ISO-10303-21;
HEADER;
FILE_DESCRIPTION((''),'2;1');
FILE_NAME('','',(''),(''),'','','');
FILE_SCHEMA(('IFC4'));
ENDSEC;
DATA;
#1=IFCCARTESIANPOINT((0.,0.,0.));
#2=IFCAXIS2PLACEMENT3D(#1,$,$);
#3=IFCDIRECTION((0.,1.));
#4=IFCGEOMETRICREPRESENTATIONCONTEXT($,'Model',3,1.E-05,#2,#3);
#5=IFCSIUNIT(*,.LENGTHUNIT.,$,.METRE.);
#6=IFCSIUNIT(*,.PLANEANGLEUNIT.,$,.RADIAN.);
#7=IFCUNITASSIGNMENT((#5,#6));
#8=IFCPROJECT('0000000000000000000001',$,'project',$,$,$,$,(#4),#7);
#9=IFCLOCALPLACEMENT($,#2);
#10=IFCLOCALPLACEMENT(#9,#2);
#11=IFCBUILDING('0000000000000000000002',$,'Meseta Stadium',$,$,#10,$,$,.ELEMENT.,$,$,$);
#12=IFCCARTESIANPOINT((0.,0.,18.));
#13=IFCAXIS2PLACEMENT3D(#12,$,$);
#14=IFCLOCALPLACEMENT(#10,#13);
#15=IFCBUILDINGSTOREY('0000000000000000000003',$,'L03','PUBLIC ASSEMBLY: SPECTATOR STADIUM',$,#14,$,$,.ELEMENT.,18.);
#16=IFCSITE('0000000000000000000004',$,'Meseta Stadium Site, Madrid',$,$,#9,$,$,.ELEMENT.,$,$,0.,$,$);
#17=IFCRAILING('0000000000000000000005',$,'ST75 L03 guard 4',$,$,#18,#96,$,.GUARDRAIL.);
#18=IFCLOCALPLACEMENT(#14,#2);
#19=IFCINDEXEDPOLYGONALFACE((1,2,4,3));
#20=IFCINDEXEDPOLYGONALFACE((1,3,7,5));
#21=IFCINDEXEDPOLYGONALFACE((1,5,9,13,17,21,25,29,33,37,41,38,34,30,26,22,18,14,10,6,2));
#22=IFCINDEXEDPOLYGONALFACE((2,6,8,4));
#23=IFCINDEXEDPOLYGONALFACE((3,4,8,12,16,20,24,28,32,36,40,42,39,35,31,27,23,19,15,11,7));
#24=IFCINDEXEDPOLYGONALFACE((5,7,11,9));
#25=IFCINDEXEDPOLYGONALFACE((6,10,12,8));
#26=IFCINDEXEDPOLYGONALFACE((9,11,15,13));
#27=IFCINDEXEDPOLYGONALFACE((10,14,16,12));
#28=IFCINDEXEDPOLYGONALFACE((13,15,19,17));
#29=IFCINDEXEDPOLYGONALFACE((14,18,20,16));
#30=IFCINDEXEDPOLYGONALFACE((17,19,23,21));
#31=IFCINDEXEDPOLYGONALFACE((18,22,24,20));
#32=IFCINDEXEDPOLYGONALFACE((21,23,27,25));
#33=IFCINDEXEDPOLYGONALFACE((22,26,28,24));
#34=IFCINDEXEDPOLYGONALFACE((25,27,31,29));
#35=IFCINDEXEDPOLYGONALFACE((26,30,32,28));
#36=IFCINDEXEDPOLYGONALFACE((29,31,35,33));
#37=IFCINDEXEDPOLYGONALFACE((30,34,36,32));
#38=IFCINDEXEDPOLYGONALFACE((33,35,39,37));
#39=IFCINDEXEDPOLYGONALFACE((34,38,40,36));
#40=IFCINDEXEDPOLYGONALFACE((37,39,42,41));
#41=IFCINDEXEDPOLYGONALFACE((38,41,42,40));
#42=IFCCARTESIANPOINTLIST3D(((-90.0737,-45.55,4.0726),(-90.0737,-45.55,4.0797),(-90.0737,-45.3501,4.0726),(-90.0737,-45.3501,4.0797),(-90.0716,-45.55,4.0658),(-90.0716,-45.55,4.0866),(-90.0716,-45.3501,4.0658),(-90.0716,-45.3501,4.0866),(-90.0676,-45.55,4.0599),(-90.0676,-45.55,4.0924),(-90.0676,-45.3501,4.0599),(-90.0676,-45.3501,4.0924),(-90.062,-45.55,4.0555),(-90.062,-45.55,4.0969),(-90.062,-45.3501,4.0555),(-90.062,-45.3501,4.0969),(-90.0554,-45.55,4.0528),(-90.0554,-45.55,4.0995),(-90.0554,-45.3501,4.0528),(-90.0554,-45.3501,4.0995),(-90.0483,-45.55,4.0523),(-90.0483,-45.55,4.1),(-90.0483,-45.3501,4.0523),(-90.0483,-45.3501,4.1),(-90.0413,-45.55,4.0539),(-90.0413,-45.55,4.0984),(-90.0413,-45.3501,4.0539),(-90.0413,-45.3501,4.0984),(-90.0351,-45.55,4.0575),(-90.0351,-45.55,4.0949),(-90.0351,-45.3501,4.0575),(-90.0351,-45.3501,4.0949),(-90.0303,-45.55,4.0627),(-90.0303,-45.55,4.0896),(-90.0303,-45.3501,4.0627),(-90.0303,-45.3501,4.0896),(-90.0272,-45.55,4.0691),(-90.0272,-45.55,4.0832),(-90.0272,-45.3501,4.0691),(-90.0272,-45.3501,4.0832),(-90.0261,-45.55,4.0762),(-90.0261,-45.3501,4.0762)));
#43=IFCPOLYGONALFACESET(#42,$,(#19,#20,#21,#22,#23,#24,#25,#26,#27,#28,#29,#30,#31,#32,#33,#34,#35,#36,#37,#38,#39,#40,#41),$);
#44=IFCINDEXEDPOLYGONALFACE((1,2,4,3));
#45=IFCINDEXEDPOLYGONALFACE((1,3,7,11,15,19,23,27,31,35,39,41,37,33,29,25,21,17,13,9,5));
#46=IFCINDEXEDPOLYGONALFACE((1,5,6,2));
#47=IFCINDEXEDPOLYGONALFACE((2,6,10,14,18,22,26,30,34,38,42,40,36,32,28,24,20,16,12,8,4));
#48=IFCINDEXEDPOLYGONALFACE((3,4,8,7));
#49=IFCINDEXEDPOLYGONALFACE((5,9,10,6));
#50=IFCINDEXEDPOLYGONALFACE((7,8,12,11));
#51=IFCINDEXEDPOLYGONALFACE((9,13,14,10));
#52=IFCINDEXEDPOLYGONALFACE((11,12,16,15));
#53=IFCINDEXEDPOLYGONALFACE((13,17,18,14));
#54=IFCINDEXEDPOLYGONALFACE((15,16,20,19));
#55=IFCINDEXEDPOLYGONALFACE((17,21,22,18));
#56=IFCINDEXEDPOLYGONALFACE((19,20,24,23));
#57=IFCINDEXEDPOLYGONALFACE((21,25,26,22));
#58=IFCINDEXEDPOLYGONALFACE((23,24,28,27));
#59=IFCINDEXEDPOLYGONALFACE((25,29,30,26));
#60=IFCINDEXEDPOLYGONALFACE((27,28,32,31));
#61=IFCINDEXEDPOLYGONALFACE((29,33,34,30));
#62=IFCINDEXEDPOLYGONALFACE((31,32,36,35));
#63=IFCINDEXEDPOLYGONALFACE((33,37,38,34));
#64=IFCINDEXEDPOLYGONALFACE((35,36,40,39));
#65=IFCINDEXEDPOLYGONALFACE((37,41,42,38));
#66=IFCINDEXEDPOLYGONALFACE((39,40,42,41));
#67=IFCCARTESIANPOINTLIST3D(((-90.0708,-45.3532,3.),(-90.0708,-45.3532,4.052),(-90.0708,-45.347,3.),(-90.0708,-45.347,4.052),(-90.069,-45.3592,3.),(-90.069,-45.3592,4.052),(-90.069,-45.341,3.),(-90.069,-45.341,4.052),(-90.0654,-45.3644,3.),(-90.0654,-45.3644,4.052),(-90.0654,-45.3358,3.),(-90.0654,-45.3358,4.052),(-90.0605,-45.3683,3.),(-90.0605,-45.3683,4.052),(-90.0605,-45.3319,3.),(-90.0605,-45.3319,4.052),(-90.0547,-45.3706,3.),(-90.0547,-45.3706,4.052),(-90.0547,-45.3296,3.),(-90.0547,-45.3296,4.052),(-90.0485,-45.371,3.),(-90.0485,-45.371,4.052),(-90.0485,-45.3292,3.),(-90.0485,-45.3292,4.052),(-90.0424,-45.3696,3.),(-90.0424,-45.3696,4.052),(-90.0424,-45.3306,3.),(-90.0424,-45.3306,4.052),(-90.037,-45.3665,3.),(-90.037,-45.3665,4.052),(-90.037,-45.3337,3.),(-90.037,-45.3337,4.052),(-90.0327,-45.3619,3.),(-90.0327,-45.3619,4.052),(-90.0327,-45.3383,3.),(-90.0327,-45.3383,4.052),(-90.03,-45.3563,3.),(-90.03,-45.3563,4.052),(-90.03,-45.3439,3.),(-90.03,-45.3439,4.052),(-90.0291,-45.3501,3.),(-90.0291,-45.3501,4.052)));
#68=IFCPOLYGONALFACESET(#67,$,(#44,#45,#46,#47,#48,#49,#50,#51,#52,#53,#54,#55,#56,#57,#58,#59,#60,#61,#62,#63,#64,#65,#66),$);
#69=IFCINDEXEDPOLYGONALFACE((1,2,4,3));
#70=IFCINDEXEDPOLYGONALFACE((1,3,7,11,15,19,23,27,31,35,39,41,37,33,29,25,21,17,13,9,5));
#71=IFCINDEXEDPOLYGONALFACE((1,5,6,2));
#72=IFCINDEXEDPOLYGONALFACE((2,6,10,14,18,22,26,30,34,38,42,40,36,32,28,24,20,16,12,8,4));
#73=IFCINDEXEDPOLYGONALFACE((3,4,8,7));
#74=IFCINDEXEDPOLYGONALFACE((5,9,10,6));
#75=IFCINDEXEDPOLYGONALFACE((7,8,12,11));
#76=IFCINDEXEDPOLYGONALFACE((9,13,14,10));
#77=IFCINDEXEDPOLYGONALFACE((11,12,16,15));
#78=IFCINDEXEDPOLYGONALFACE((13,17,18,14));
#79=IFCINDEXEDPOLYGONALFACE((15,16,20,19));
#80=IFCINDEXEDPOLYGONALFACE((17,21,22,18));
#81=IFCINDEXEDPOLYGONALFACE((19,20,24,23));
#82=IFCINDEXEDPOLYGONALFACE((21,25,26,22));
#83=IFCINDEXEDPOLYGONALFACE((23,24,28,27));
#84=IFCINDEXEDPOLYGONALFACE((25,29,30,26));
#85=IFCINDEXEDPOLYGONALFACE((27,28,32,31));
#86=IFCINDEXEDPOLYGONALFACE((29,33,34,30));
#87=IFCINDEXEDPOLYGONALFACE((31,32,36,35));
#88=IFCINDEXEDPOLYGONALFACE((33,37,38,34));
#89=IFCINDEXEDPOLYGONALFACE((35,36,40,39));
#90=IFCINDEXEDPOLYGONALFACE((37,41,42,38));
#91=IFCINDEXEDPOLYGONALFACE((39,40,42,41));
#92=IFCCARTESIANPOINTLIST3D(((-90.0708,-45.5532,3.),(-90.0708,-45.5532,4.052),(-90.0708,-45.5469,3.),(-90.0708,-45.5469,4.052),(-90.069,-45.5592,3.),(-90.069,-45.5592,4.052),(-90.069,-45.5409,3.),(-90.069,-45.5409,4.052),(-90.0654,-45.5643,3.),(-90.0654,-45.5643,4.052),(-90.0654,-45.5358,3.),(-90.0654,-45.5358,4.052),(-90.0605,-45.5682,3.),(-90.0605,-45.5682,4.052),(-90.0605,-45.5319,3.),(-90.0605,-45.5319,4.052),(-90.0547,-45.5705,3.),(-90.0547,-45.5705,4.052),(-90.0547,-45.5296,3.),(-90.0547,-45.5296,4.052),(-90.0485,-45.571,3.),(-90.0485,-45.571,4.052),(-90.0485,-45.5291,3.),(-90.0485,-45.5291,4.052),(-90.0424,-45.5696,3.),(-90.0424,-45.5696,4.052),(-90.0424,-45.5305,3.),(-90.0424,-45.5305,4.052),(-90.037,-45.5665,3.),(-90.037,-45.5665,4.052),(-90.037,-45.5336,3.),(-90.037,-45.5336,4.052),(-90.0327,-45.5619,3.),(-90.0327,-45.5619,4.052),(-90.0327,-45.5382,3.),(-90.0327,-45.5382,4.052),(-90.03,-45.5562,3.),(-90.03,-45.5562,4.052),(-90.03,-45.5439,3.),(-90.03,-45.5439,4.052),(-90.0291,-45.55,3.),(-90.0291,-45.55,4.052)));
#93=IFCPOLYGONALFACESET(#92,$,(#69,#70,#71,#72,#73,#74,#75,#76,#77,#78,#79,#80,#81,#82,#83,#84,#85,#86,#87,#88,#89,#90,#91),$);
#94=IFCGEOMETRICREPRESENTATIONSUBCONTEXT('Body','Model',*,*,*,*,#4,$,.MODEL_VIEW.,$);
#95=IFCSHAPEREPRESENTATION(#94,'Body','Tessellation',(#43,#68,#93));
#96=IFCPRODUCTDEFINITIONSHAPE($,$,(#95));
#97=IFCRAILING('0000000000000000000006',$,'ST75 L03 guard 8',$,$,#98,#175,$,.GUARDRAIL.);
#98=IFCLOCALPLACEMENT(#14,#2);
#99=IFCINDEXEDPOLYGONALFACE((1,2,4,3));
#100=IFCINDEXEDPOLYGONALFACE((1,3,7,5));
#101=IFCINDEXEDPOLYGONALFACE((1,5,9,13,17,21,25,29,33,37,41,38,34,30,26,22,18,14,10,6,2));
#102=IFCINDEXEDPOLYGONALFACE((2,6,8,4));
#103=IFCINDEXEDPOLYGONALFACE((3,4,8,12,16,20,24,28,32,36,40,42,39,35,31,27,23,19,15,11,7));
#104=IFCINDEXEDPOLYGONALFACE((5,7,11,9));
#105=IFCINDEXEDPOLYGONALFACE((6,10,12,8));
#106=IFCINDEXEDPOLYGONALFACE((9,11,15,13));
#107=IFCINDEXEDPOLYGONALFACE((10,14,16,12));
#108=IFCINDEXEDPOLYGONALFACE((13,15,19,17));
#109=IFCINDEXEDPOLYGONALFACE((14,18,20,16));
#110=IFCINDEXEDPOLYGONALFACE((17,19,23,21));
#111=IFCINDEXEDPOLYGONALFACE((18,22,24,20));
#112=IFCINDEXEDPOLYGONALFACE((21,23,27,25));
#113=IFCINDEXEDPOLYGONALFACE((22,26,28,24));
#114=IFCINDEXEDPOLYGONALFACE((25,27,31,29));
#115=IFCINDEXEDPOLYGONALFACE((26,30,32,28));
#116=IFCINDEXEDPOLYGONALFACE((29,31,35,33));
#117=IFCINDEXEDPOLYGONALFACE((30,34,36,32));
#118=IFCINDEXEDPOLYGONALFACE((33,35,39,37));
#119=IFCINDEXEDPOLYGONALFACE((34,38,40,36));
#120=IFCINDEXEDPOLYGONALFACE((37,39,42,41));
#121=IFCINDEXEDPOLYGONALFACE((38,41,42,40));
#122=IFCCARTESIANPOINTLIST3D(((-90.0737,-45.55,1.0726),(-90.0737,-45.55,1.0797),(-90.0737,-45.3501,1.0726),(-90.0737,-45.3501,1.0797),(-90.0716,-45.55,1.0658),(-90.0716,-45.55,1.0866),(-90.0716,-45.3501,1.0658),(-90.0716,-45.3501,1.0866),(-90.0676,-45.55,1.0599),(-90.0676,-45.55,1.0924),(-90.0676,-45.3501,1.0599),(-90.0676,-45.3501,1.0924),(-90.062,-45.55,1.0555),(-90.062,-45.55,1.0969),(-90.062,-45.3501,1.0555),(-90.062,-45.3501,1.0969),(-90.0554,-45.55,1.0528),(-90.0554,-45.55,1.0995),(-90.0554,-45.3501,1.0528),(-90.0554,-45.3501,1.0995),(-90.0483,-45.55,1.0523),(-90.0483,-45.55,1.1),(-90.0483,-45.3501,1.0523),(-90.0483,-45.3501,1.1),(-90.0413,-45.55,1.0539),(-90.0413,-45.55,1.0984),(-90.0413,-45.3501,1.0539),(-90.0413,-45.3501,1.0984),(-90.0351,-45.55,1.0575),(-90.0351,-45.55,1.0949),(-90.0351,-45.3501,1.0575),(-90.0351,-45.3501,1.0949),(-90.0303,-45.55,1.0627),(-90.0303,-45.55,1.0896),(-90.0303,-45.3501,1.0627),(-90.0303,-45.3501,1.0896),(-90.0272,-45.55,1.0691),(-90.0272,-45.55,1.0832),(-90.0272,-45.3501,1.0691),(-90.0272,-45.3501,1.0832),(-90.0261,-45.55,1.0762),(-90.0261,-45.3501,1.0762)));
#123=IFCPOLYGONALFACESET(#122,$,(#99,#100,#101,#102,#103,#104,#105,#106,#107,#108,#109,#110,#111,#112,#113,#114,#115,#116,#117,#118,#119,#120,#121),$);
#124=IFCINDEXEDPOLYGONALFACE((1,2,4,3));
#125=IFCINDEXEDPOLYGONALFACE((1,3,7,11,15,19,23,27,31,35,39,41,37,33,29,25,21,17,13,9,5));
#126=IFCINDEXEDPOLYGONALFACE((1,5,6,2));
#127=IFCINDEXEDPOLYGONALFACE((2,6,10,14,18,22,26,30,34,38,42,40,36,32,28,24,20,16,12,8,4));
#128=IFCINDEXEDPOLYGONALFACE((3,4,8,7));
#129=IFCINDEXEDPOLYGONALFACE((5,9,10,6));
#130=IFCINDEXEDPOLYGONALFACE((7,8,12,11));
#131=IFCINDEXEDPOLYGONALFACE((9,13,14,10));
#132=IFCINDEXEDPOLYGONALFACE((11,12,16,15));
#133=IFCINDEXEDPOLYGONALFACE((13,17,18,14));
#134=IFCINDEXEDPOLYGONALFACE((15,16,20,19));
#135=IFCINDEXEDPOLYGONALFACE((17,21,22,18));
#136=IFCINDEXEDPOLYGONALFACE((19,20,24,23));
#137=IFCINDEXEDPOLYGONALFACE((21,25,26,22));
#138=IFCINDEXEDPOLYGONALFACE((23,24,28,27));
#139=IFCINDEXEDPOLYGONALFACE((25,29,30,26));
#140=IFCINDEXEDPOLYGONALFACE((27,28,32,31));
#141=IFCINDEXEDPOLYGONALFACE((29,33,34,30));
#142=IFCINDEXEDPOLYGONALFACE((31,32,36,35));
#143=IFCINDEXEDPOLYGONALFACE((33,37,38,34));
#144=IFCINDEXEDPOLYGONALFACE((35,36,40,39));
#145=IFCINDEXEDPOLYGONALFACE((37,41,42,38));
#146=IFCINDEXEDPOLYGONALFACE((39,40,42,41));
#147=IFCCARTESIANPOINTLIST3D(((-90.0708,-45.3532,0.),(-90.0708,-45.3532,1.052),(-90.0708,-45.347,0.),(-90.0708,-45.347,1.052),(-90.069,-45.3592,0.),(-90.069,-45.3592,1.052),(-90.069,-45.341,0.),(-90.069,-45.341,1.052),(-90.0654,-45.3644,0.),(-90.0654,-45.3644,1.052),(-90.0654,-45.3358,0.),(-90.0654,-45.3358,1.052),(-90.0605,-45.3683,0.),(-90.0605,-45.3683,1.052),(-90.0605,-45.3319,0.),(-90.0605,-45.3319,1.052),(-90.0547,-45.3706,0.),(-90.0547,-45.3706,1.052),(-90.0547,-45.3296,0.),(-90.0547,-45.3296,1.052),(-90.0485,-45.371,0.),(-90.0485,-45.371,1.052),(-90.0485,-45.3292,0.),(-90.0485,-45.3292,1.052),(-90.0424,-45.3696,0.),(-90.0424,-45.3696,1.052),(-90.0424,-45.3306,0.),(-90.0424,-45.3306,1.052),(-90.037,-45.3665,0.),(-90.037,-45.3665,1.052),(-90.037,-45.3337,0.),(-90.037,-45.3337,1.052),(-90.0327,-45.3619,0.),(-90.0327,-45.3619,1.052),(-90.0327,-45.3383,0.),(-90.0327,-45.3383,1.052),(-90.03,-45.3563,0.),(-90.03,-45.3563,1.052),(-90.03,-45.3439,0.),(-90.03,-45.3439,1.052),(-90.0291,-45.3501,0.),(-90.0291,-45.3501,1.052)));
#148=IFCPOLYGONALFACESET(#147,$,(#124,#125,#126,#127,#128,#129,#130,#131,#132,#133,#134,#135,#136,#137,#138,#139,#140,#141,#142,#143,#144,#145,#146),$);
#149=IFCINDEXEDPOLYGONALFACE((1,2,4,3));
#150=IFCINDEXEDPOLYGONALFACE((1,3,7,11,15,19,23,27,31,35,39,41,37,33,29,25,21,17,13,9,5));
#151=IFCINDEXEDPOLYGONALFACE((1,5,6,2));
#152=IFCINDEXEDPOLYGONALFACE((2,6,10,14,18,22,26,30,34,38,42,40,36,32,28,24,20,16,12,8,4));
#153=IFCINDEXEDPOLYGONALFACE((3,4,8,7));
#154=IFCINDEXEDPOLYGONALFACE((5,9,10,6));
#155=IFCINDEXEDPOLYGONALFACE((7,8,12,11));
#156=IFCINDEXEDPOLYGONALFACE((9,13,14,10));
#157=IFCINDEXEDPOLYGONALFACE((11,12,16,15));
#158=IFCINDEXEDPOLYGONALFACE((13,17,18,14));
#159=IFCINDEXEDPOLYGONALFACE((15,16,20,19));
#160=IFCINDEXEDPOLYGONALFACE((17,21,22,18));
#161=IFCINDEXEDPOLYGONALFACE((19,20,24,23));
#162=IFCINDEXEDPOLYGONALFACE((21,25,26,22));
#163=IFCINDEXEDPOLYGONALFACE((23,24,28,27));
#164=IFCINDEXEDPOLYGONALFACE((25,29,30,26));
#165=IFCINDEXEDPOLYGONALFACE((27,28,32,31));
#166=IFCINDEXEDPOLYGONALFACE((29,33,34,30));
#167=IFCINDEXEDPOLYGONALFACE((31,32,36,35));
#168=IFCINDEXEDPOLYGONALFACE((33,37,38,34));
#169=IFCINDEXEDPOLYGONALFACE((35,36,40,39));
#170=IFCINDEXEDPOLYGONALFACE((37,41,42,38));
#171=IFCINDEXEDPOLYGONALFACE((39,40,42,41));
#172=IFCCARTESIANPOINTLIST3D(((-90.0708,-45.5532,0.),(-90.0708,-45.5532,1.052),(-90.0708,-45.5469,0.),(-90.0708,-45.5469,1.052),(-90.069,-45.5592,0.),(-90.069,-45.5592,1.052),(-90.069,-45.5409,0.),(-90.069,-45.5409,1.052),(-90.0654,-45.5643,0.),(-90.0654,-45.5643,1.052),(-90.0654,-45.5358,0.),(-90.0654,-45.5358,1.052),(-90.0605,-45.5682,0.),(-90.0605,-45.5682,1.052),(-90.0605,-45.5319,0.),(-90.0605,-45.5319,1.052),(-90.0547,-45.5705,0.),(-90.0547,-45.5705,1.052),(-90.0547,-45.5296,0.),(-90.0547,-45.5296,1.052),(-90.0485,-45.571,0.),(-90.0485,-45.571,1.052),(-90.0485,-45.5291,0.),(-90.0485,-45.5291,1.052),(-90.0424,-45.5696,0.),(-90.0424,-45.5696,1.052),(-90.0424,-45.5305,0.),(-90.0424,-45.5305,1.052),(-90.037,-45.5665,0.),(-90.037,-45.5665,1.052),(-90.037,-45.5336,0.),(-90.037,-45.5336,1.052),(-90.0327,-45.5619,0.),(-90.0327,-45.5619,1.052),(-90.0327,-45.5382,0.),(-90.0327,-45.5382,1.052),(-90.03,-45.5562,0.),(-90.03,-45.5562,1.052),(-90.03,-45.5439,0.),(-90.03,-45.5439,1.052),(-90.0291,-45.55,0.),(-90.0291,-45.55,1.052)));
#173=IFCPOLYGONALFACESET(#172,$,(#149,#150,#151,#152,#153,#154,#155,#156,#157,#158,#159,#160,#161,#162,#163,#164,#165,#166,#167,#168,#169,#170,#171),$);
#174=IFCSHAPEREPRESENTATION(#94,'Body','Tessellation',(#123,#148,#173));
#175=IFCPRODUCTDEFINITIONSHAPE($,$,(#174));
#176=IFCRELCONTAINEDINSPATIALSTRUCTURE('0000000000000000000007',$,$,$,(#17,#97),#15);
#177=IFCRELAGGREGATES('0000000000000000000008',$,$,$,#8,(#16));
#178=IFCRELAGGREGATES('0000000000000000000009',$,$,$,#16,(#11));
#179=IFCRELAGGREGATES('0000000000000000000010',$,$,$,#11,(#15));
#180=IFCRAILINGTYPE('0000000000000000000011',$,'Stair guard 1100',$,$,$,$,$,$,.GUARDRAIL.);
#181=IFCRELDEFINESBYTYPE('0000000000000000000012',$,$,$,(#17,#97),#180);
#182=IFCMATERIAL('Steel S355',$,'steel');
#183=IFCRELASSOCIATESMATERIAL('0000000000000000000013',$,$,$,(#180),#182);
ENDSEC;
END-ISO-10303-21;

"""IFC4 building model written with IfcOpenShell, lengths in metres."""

from ifc_helpers import new_model, si_unit, direction, frame, origin, origin_2d, place, context, subcontext, project, spatial, circle, extrude, material, type_object, element, save


model = new_model("IFC4")

# Units and contexts
model_context = context("Model", 3, precision=1e-05, world=origin(), true_north=direction((0.0, 1.0)))
body_context = subcontext(model_context, "Body", "Model", "MODEL_VIEW")
ifc_project = project(units=[si_unit("LENGTHUNIT", "METRE"), si_unit("PLANEANGLEUNIT", "RADIAN")], contexts=[model_context])

# Site, building, storey
site_placement = place(None, origin())
site = spatial("IfcSite", under=ifc_project, at=site_placement, Name="Meseta Stadium Site, Madrid", CompositionType="ELEMENT", RefElevation=0.0)
building_placement = place(site_placement, origin())
building = spatial("IfcBuilding", under=site, at=building_placement, Name="Meseta Stadium", CompositionType="ELEMENT")
storey_placement = place(building_placement, frame((0.0, 0.0, 18.0)))
storey = spatial("IfcBuildingStorey", under=building, at=storey_placement, Name="L03", Description="PUBLIC ASSEMBLY: SPECTATOR STADIUM", CompositionType="ELEMENT", Elevation=18.0)

# Railings
ifc_material_1 = material(Name="Steel S355", Category="steel")
railing_type_1 = type_object("IfcRailingType", Name="Stair guard 1100", PredefinedType="GUARDRAIL", material=ifc_material_1)
for number, where, name in (
    (1, (-90.05, -45.3501, 3.0), "ST75 L03 guard 4"),
    (2, (-90.05, -45.3501, 0.0), "ST75 L03 guard 8"),
):
    element("IfcRailing", number, at=place(storey_placement, frame(where)), inside=storey, type_object=railing_type_1, Name=name, PredefinedType="GUARDRAIL", context=body_context, shape_type="SweptSolid", body=[
        extrude(circle(Radius=0.0239, at=origin_2d()), frame((0.0, 0.0, 1.0762), z_axis=(0.0, -1.0, 0.0), x_axis=(1.0, 0.0, 0.0)), (0.0, 0.0, 1.0), 0.2),
        extrude(circle(Radius=0.021, at=origin_2d()), origin(), (0.0, 0.0, 1.0), 1.052),
        extrude(circle(Radius=0.021, at=origin_2d()), frame((0.0, -0.2, 0.0)), (0.0, 0.0, 1.0), 1.052),
    ])

save(model, "model.ifc")
